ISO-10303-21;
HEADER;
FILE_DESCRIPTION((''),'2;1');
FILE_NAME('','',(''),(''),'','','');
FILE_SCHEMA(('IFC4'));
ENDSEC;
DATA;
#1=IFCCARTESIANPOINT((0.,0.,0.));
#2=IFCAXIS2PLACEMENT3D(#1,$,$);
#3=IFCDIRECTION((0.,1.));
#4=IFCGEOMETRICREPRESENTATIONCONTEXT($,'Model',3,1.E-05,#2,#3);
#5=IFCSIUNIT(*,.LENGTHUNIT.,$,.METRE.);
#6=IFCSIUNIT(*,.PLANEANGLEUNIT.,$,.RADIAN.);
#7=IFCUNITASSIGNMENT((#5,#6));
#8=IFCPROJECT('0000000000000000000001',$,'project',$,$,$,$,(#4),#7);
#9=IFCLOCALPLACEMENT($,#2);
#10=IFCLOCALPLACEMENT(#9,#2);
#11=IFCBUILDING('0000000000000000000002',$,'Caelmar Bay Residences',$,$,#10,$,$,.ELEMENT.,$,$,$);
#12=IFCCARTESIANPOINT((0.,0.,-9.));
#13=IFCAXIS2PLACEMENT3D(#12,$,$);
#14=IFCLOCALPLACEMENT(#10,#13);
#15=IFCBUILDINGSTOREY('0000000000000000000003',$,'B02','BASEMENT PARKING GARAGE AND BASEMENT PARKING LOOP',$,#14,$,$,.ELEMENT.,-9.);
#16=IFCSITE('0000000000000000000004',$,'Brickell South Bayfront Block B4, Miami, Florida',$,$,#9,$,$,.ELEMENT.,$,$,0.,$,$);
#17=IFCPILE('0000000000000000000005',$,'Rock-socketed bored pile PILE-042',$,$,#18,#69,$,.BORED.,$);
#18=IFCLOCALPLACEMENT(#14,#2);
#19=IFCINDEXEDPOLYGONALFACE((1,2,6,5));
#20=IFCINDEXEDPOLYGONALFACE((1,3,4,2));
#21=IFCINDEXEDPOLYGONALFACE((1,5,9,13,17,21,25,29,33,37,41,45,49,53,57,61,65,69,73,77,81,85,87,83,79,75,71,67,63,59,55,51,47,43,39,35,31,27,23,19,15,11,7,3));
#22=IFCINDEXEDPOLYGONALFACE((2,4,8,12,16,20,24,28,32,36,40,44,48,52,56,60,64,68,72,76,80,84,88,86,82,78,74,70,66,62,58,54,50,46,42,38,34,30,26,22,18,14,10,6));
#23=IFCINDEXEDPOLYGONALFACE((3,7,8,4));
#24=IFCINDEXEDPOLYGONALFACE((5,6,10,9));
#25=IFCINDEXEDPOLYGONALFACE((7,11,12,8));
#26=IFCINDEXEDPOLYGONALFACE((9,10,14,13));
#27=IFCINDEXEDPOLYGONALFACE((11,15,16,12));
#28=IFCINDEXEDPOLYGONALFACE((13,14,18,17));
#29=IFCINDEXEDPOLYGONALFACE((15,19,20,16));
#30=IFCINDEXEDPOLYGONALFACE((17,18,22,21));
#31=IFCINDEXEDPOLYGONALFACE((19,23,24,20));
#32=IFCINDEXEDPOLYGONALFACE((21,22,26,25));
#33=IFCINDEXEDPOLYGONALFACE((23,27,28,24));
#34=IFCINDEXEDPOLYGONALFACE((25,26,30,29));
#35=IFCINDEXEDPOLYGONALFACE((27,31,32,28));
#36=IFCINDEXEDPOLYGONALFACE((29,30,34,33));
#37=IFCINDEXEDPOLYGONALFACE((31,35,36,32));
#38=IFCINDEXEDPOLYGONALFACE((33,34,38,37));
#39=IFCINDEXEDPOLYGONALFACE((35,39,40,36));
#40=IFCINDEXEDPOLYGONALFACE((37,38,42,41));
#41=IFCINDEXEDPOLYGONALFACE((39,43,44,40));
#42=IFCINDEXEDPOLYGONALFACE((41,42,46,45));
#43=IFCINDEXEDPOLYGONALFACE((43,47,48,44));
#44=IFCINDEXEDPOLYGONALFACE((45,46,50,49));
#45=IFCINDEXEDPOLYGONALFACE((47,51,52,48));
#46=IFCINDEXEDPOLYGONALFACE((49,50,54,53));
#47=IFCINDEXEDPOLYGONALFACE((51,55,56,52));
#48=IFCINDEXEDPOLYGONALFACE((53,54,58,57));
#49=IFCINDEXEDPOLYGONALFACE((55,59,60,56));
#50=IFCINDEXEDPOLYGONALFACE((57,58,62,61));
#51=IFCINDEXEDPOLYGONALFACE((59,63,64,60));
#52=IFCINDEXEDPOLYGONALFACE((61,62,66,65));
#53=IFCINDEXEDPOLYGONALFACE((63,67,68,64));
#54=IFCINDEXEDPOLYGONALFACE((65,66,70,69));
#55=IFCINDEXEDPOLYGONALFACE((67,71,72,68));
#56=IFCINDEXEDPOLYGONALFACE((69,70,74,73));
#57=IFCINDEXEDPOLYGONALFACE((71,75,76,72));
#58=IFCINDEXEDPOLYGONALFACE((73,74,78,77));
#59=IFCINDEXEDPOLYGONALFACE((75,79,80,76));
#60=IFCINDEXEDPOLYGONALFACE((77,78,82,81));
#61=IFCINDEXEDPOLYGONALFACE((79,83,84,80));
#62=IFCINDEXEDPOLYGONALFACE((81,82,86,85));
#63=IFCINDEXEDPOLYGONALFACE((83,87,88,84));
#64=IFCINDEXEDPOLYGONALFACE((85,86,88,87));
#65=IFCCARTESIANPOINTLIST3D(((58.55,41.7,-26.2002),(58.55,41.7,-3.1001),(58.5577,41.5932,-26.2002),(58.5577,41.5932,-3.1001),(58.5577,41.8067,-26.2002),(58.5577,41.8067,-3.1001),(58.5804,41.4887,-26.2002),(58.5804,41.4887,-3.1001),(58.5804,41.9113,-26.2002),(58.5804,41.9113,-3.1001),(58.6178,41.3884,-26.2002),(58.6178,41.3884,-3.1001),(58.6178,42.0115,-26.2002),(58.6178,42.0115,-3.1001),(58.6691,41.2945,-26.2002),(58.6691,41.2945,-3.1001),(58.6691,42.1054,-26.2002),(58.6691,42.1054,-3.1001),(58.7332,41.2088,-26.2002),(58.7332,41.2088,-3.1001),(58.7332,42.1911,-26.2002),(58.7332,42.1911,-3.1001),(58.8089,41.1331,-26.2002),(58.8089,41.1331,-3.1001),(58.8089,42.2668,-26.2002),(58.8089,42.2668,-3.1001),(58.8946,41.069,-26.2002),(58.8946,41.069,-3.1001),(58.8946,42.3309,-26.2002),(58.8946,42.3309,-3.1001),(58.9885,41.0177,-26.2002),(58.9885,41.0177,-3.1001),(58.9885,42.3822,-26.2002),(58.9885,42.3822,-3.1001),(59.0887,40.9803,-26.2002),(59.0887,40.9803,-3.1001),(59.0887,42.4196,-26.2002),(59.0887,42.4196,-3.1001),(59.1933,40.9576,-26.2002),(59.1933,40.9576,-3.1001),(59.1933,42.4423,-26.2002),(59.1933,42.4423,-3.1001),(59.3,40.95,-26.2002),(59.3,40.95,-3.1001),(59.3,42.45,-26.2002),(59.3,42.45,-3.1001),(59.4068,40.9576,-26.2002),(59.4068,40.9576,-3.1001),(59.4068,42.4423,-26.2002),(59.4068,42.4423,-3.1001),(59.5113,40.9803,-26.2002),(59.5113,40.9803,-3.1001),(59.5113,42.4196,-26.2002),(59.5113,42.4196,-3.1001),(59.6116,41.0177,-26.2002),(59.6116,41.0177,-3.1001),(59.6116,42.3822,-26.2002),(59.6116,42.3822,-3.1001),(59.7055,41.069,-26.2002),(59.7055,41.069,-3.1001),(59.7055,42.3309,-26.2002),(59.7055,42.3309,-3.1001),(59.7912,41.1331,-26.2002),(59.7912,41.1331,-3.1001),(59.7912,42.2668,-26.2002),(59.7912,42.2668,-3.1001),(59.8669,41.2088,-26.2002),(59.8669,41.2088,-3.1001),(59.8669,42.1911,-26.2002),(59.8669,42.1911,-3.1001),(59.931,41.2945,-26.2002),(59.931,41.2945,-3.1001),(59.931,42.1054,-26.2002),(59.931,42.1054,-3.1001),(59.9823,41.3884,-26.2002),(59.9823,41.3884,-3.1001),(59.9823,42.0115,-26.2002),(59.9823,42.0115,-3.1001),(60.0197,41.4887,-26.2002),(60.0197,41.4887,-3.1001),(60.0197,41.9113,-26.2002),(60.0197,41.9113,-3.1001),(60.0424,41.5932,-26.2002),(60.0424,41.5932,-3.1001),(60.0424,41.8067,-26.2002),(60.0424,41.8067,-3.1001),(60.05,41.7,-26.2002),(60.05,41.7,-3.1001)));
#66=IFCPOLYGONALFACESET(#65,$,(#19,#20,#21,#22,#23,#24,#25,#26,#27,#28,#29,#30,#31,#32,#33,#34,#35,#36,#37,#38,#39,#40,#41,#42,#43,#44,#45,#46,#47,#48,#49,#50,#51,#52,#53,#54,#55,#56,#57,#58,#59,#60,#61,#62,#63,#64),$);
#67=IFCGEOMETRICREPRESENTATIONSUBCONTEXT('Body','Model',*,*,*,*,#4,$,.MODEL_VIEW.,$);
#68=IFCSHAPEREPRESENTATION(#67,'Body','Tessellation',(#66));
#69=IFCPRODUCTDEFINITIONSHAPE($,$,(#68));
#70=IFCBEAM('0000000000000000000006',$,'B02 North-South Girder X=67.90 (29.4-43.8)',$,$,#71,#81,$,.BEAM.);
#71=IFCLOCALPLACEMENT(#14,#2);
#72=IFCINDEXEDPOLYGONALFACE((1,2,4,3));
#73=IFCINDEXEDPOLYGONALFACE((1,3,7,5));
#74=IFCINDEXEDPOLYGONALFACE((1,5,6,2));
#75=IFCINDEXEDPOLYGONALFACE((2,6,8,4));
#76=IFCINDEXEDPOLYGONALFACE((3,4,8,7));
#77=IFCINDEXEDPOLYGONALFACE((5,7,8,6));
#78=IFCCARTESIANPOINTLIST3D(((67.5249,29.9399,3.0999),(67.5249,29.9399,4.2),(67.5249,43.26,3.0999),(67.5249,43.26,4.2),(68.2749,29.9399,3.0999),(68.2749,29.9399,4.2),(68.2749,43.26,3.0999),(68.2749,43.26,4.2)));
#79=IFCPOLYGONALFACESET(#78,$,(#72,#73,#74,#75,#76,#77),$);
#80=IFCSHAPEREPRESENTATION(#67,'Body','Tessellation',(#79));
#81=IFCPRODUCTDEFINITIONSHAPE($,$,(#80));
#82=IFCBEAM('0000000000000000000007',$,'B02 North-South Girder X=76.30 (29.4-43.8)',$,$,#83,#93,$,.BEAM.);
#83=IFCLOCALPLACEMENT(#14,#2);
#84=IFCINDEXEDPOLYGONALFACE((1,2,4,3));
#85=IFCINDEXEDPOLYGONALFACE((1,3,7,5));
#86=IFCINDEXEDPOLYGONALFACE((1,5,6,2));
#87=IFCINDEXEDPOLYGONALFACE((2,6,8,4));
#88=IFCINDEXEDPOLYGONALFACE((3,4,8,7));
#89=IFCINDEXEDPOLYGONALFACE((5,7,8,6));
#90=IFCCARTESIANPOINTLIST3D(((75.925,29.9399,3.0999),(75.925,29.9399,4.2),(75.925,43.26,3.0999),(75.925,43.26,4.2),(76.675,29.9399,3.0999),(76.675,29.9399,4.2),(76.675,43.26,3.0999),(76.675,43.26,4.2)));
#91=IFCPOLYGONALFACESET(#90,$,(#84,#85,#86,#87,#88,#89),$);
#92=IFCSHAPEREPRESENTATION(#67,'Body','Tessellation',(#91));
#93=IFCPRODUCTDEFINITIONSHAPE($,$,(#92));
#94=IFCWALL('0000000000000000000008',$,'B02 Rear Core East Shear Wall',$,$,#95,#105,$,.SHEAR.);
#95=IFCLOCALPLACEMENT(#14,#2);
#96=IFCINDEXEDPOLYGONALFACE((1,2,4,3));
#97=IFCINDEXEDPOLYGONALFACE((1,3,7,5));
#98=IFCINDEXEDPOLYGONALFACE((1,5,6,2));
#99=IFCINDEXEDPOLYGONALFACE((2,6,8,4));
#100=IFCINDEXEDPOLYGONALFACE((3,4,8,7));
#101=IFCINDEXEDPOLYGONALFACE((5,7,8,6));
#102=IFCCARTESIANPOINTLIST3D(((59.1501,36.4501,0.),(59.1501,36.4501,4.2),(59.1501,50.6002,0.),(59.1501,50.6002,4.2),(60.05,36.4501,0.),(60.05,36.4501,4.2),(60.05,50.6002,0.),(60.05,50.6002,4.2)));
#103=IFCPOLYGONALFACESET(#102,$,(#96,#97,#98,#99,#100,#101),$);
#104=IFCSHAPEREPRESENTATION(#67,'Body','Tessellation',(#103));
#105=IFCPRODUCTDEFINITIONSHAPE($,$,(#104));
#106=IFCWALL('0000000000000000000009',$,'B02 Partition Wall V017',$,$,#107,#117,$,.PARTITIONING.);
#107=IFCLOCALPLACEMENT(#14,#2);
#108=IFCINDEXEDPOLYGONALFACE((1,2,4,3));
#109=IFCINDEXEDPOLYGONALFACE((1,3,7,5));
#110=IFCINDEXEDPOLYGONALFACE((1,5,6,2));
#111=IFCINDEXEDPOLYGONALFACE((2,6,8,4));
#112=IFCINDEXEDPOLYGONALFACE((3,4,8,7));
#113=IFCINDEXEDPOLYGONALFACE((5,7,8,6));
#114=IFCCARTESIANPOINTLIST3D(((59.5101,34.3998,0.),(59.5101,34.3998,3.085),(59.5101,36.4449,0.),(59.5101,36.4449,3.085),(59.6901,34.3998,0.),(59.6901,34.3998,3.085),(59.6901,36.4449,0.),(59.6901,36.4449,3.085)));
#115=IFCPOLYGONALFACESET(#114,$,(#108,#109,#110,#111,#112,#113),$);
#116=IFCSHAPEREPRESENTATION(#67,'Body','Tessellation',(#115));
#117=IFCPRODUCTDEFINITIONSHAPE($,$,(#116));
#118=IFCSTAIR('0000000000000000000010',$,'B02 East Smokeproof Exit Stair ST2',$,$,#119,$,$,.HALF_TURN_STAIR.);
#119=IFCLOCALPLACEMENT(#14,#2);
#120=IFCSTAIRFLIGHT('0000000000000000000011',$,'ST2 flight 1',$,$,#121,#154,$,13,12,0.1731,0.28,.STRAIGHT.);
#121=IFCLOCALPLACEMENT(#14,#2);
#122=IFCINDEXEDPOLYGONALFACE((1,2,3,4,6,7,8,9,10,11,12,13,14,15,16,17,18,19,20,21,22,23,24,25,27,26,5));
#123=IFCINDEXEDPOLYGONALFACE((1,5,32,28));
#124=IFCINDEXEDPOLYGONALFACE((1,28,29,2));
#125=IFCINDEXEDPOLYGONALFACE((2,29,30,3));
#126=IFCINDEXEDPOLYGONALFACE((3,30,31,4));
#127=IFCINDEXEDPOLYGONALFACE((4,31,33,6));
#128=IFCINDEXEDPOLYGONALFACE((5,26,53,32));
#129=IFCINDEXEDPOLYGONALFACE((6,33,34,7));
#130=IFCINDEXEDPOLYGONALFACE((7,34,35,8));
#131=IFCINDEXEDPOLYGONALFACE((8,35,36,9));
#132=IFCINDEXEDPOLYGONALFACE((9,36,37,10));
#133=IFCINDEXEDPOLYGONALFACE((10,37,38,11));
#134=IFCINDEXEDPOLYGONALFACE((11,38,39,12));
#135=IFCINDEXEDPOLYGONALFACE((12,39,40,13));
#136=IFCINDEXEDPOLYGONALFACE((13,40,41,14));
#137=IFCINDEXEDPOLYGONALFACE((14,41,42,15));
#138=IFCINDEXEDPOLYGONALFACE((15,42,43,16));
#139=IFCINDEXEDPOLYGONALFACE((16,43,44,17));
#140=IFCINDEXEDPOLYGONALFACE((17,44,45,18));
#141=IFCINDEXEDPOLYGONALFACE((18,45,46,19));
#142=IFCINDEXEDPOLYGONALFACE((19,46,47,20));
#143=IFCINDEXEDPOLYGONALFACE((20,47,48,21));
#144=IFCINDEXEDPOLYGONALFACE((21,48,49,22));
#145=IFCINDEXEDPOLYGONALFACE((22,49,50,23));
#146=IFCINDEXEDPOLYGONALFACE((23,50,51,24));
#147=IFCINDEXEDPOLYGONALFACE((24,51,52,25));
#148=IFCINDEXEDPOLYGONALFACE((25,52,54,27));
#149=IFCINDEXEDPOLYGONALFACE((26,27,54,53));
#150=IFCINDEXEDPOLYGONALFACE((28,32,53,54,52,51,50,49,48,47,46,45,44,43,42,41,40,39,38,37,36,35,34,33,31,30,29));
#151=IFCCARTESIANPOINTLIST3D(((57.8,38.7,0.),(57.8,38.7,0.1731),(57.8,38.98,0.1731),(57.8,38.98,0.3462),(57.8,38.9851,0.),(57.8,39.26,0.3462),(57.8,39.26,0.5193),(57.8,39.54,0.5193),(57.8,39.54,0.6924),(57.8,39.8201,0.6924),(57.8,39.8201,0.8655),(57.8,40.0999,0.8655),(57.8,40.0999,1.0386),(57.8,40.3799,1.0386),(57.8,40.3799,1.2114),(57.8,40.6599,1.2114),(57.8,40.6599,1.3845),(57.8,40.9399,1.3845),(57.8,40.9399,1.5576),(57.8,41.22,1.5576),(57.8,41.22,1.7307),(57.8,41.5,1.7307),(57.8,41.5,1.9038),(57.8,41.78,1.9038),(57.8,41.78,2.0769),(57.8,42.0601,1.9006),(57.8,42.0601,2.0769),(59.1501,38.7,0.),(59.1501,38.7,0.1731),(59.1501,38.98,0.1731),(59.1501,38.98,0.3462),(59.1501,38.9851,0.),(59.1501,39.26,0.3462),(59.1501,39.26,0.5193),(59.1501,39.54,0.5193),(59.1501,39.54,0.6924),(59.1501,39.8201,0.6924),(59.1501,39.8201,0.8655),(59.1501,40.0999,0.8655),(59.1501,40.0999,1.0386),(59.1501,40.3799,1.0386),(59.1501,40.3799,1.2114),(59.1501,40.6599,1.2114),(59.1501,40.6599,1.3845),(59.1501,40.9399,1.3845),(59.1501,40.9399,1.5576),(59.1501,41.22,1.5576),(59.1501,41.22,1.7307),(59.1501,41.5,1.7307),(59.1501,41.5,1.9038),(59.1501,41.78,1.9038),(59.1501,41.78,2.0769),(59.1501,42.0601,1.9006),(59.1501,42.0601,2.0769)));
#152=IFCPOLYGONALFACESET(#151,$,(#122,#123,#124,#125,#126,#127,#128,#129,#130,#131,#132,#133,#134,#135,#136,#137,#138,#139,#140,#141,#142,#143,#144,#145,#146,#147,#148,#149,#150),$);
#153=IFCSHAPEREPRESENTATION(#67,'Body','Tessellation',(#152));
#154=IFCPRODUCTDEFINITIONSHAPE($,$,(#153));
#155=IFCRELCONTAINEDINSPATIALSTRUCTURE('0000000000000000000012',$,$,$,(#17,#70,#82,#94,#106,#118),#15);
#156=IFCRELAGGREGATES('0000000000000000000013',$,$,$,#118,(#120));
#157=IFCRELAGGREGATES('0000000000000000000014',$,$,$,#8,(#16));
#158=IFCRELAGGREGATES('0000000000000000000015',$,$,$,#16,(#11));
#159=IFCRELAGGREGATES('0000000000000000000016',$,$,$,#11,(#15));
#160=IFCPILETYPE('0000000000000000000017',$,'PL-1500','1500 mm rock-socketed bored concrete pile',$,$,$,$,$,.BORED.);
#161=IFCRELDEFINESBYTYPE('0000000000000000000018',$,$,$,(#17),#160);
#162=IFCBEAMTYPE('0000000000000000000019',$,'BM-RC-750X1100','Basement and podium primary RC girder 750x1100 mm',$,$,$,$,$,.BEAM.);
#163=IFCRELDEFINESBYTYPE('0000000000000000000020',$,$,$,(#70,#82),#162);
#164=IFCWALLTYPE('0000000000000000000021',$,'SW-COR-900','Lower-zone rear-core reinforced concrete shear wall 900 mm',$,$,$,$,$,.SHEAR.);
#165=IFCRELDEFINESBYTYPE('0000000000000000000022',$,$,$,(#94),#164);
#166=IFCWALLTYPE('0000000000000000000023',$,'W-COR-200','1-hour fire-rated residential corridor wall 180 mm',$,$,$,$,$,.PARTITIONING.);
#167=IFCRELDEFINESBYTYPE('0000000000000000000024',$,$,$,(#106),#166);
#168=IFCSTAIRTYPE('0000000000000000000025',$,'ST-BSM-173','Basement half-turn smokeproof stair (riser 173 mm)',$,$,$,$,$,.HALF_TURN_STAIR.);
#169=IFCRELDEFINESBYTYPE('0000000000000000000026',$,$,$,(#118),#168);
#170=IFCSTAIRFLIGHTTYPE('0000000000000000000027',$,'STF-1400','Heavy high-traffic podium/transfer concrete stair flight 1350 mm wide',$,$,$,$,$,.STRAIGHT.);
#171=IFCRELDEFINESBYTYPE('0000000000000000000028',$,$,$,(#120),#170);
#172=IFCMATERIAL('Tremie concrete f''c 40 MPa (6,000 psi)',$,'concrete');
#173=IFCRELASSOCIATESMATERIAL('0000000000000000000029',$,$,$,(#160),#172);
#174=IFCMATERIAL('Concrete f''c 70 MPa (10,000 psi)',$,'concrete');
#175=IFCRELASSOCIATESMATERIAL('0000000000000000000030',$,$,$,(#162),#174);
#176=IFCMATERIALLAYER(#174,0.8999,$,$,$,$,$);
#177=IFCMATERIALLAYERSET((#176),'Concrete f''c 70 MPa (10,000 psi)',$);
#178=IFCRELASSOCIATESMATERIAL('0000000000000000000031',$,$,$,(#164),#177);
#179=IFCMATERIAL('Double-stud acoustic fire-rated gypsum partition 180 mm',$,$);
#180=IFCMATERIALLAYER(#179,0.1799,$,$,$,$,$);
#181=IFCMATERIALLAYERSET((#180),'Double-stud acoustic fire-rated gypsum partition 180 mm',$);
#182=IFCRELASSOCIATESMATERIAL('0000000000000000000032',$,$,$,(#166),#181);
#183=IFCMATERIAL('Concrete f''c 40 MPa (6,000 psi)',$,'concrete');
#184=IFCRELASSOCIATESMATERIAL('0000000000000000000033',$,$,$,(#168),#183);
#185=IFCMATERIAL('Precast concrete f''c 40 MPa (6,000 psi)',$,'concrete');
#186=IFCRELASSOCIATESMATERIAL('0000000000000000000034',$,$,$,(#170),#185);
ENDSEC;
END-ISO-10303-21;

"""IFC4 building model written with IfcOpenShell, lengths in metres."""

from ifc_helpers import new_model, si_unit, direction, frame, frame_2d, origin, origin_2d, place, context, subcontext, project, spatial, polyline, rectangle, circle, outline, extrude, material, layer, layer_set, material_profile, profile_set, type_object, element, aggregate, save


model = new_model("IFC4")

# Units and contexts
model_context = context("Model", 3, precision=1e-05, world=origin(), true_north=direction((0.0, 1.0)))
body_context = subcontext(model_context, "Body", "Model", "MODEL_VIEW")
ifc_project = project(units=[si_unit("LENGTHUNIT", "METRE"), si_unit("PLANEANGLEUNIT", "RADIAN")], contexts=[model_context])

# Site, building, storey
site_placement = place(None, origin())
site = spatial("IfcSite", under=ifc_project, at=site_placement, Name="Brickell South Bayfront Block B4, Miami, Florida", CompositionType="ELEMENT", RefElevation=0.0)
building_placement = place(site_placement, origin())
building = spatial("IfcBuilding", under=site, at=building_placement, Name="Caelmar Bay Residences", CompositionType="ELEMENT")
storey_placement = place(building_placement, frame((0.0, 0.0, -9.0)))
storey = spatial("IfcBuildingStorey", under=building, at=storey_placement, Name="B02", Description="BASEMENT PARKING GARAGE AND BASEMENT PARKING LOOP", CompositionType="ELEMENT", Elevation=-9.0)

# Pile
ifc_material_1 = material(Name="Tremie concrete f'c 40 MPa (6,000 psi)", Category="concrete")
ifc_material_profile_1 = material_profile(ifc_material_1, circle(Radius=0.75, at=origin_2d()), Name="PILE-1500D")
ifc_profile_set_1 = profile_set([ifc_material_profile_1], Name="Tremie concrete f'c 40 MPa (6,000 psi)")
pile_type_1 = type_object("IfcPileType", Name="PL-1500", Description="1500 mm rock-socketed bored concrete pile", PredefinedType="BORED", material=ifc_profile_set_1)
for number, where, z_axis, x_axis, name in (
    (1, (59.3, 41.7, -3.1001), (0.0, 0.0, -1.0), (1.0, 0.0, 0.0), "Rock-socketed bored pile PILE-042"),
):
    element("IfcPile", number, at=place(storey_placement, frame(where, z_axis=z_axis, x_axis=x_axis)), inside=storey, type_object=pile_type_1, Name=name, PredefinedType="BORED", context=body_context, shape_type="SweptSolid", body=[
        extrude(circle(Radius=0.75, at=origin_2d()), origin(), (0.0, 0.0, 1.0), 23.1001),
    ])

# Beams
ifc_material_2 = material(Name="Concrete f'c 70 MPa (10,000 psi)", Category="concrete")
ifc_material_profile_2 = material_profile(ifc_material_2, rectangle(XDim=0.75, YDim=1.1001, at=origin_2d()), Name="RC-BM-750X1100")
ifc_profile_set_2 = profile_set([ifc_material_profile_2], Name="Concrete f'c 70 MPa (10,000 psi)")
beam_type = type_object("IfcBeamType", Name="BM-RC-750X1100", Description="Basement and podium primary RC girder 750x1100 mm", PredefinedType="BEAM", material=ifc_profile_set_2)
for number, where, z_axis, x_axis, name in (
    (2, (67.8999, 29.9399, 3.6499), (0.0, 1.0, 0.0), (-1.0, 0.0, 0.0), "B02 North-South Girder X=67.90 (29.4-43.8)"),
    (3, (76.3, 29.9399, 3.6499), (0.0, 1.0, 0.0), (-1.0, 0.0, 0.0), "B02 North-South Girder X=76.30 (29.4-43.8)"),
):
    element("IfcBeam", number, at=place(storey_placement, frame(where, z_axis=z_axis, x_axis=x_axis)), inside=storey, type_object=beam_type, Name=name, PredefinedType="BEAM", context=body_context, shape_type="SweptSolid", body=[
        extrude(rectangle(XDim=0.75, YDim=1.1001, at=origin_2d()), origin(), (0.0, 0.0, 1.0), 13.3201),
    ])

# Walls
ifc_layer_1 = layer(ifc_material_2, 0.8999)
ifc_layer_set_1 = layer_set([ifc_layer_1], Name="Concrete f'c 70 MPa (10,000 psi)")
wall_type_1 = type_object("IfcWallType", Name="SW-COR-900", Description="Lower-zone rear-core reinforced concrete shear wall 900 mm", PredefinedType="SHEAR", material=ifc_layer_set_1)
wall_1_placement = place(storey_placement, frame((59.6001, 36.45, 0.0), z_axis=(0.0, 0.0, 1.0), x_axis=(0.0, 1.0, 0.0)))
element("IfcWall", 4, at=wall_1_placement, inside=storey, type_object=wall_type_1, Name="B02 Rear Core East Shear Wall", PredefinedType="SHEAR", context=body_context, shape_type="SweptSolid", body=[
    extrude(rectangle(XDim=14.1501, YDim=0.8999, at=frame_2d((7.0752, 0.0))), origin(), (0.0, 0.0, 1.0), 4.2),
])
ifc_material_3 = material(Name="Double-stud acoustic fire-rated gypsum partition 180 mm")
ifc_layer_2 = layer(ifc_material_3, 0.1799)
ifc_layer_set_2 = layer_set([ifc_layer_2], Name="Double-stud acoustic fire-rated gypsum partition 180 mm")
wall_type_2 = type_object("IfcWallType", Name="W-COR-200", Description="1-hour fire-rated residential corridor wall 180 mm", PredefinedType="PARTITIONING", material=ifc_layer_set_2)
wall_2_placement = place(storey_placement, frame((59.6001, 34.3999, 0.0), z_axis=(0.0, 0.0, 1.0), x_axis=(0.0, 1.0, 0.0)))
element("IfcWall", 5, at=wall_2_placement, inside=storey, type_object=wall_type_2, Name="B02 Partition Wall V017", PredefinedType="PARTITIONING", context=body_context, shape_type="SweptSolid", body=[
    extrude(rectangle(XDim=2.0452, YDim=0.1799, at=frame_2d((1.0225, 0.0))), origin(), (0.0, 0.0, 1.0), 3.085),
])

# Stair, stair flight
ifc_material_4 = material(Name="Concrete f'c 40 MPa (6,000 psi)", Category="concrete")
stair_type = type_object("IfcStairType", Name="ST-BSM-173", Description="Basement half-turn smokeproof stair (riser 173 mm)", PredefinedType="HALF_TURN_STAIR", material=ifc_material_4)
stair_placement = place(storey_placement, origin())
stair = element("IfcStair", 6, at=stair_placement, inside=storey, type_object=stair_type, Name="B02 East Smokeproof Exit Stair ST2", PredefinedType="HALF_TURN_STAIR")
ifc_material_5 = material(Name="Precast concrete f'c 40 MPa (6,000 psi)", Category="concrete")
stair_flight_type = type_object("IfcStairFlightType", Name="STF-1400", Description="Heavy high-traffic podium/transfer concrete stair flight 1350 mm wide", PredefinedType="STRAIGHT", material=ifc_material_5)
stair_flight_1_placement = place(storey_placement, frame((58.4751, 38.7, 0.0), z_axis=(0.0, 0.0, 1.0), x_axis=(0.0, 1.0, 0.0)))
stair_flight_1 = element("IfcStairFlight", 7, at=stair_flight_1_placement, type_object=stair_flight_type, Name="ST2 flight 1", NumberOfRisers=13, NumberOfTreads=12, PredefinedType="STRAIGHT", RiserHeight=0.1731, TreadLength=0.28, context=body_context, shape_type="SweptSolid", body=[
    extrude(outline(polyline([(0.0, 0.0), (0.0, 0.1731), (0.28, 0.1731), (0.28, 0.3462), (0.5601, 0.3462), (0.5601, 0.5193), (0.8401, 0.5193), (0.8401, 0.6924), (1.1201, 0.6924), (1.1201, 0.8655), (1.3999, 0.8655), (1.3999, 1.0386), (1.6799, 1.0386), (1.6799, 1.2114), (1.96, 1.2114), (1.96, 1.3845), (2.24, 1.3845), (2.24, 1.5576), (2.52, 1.5576), (2.52, 1.7307), (2.8, 1.7307), (2.8, 1.9038), (3.0801, 1.9038), (3.0801, 2.0769), (3.3601, 2.0769), (3.3601, 2.25), (3.3601, 1.9006), (0.2852, 0.0), (0.0, 0.0)])), frame((0.0, 0.675, 0.0), z_axis=(0.0, -1.0, 0.0), x_axis=(1.0, 0.0, 0.0)), (0.0, 0.0, 1.0), 1.3501),
])
aggregate(stair, [stair_flight_1])

save(model, "model.ifc")
